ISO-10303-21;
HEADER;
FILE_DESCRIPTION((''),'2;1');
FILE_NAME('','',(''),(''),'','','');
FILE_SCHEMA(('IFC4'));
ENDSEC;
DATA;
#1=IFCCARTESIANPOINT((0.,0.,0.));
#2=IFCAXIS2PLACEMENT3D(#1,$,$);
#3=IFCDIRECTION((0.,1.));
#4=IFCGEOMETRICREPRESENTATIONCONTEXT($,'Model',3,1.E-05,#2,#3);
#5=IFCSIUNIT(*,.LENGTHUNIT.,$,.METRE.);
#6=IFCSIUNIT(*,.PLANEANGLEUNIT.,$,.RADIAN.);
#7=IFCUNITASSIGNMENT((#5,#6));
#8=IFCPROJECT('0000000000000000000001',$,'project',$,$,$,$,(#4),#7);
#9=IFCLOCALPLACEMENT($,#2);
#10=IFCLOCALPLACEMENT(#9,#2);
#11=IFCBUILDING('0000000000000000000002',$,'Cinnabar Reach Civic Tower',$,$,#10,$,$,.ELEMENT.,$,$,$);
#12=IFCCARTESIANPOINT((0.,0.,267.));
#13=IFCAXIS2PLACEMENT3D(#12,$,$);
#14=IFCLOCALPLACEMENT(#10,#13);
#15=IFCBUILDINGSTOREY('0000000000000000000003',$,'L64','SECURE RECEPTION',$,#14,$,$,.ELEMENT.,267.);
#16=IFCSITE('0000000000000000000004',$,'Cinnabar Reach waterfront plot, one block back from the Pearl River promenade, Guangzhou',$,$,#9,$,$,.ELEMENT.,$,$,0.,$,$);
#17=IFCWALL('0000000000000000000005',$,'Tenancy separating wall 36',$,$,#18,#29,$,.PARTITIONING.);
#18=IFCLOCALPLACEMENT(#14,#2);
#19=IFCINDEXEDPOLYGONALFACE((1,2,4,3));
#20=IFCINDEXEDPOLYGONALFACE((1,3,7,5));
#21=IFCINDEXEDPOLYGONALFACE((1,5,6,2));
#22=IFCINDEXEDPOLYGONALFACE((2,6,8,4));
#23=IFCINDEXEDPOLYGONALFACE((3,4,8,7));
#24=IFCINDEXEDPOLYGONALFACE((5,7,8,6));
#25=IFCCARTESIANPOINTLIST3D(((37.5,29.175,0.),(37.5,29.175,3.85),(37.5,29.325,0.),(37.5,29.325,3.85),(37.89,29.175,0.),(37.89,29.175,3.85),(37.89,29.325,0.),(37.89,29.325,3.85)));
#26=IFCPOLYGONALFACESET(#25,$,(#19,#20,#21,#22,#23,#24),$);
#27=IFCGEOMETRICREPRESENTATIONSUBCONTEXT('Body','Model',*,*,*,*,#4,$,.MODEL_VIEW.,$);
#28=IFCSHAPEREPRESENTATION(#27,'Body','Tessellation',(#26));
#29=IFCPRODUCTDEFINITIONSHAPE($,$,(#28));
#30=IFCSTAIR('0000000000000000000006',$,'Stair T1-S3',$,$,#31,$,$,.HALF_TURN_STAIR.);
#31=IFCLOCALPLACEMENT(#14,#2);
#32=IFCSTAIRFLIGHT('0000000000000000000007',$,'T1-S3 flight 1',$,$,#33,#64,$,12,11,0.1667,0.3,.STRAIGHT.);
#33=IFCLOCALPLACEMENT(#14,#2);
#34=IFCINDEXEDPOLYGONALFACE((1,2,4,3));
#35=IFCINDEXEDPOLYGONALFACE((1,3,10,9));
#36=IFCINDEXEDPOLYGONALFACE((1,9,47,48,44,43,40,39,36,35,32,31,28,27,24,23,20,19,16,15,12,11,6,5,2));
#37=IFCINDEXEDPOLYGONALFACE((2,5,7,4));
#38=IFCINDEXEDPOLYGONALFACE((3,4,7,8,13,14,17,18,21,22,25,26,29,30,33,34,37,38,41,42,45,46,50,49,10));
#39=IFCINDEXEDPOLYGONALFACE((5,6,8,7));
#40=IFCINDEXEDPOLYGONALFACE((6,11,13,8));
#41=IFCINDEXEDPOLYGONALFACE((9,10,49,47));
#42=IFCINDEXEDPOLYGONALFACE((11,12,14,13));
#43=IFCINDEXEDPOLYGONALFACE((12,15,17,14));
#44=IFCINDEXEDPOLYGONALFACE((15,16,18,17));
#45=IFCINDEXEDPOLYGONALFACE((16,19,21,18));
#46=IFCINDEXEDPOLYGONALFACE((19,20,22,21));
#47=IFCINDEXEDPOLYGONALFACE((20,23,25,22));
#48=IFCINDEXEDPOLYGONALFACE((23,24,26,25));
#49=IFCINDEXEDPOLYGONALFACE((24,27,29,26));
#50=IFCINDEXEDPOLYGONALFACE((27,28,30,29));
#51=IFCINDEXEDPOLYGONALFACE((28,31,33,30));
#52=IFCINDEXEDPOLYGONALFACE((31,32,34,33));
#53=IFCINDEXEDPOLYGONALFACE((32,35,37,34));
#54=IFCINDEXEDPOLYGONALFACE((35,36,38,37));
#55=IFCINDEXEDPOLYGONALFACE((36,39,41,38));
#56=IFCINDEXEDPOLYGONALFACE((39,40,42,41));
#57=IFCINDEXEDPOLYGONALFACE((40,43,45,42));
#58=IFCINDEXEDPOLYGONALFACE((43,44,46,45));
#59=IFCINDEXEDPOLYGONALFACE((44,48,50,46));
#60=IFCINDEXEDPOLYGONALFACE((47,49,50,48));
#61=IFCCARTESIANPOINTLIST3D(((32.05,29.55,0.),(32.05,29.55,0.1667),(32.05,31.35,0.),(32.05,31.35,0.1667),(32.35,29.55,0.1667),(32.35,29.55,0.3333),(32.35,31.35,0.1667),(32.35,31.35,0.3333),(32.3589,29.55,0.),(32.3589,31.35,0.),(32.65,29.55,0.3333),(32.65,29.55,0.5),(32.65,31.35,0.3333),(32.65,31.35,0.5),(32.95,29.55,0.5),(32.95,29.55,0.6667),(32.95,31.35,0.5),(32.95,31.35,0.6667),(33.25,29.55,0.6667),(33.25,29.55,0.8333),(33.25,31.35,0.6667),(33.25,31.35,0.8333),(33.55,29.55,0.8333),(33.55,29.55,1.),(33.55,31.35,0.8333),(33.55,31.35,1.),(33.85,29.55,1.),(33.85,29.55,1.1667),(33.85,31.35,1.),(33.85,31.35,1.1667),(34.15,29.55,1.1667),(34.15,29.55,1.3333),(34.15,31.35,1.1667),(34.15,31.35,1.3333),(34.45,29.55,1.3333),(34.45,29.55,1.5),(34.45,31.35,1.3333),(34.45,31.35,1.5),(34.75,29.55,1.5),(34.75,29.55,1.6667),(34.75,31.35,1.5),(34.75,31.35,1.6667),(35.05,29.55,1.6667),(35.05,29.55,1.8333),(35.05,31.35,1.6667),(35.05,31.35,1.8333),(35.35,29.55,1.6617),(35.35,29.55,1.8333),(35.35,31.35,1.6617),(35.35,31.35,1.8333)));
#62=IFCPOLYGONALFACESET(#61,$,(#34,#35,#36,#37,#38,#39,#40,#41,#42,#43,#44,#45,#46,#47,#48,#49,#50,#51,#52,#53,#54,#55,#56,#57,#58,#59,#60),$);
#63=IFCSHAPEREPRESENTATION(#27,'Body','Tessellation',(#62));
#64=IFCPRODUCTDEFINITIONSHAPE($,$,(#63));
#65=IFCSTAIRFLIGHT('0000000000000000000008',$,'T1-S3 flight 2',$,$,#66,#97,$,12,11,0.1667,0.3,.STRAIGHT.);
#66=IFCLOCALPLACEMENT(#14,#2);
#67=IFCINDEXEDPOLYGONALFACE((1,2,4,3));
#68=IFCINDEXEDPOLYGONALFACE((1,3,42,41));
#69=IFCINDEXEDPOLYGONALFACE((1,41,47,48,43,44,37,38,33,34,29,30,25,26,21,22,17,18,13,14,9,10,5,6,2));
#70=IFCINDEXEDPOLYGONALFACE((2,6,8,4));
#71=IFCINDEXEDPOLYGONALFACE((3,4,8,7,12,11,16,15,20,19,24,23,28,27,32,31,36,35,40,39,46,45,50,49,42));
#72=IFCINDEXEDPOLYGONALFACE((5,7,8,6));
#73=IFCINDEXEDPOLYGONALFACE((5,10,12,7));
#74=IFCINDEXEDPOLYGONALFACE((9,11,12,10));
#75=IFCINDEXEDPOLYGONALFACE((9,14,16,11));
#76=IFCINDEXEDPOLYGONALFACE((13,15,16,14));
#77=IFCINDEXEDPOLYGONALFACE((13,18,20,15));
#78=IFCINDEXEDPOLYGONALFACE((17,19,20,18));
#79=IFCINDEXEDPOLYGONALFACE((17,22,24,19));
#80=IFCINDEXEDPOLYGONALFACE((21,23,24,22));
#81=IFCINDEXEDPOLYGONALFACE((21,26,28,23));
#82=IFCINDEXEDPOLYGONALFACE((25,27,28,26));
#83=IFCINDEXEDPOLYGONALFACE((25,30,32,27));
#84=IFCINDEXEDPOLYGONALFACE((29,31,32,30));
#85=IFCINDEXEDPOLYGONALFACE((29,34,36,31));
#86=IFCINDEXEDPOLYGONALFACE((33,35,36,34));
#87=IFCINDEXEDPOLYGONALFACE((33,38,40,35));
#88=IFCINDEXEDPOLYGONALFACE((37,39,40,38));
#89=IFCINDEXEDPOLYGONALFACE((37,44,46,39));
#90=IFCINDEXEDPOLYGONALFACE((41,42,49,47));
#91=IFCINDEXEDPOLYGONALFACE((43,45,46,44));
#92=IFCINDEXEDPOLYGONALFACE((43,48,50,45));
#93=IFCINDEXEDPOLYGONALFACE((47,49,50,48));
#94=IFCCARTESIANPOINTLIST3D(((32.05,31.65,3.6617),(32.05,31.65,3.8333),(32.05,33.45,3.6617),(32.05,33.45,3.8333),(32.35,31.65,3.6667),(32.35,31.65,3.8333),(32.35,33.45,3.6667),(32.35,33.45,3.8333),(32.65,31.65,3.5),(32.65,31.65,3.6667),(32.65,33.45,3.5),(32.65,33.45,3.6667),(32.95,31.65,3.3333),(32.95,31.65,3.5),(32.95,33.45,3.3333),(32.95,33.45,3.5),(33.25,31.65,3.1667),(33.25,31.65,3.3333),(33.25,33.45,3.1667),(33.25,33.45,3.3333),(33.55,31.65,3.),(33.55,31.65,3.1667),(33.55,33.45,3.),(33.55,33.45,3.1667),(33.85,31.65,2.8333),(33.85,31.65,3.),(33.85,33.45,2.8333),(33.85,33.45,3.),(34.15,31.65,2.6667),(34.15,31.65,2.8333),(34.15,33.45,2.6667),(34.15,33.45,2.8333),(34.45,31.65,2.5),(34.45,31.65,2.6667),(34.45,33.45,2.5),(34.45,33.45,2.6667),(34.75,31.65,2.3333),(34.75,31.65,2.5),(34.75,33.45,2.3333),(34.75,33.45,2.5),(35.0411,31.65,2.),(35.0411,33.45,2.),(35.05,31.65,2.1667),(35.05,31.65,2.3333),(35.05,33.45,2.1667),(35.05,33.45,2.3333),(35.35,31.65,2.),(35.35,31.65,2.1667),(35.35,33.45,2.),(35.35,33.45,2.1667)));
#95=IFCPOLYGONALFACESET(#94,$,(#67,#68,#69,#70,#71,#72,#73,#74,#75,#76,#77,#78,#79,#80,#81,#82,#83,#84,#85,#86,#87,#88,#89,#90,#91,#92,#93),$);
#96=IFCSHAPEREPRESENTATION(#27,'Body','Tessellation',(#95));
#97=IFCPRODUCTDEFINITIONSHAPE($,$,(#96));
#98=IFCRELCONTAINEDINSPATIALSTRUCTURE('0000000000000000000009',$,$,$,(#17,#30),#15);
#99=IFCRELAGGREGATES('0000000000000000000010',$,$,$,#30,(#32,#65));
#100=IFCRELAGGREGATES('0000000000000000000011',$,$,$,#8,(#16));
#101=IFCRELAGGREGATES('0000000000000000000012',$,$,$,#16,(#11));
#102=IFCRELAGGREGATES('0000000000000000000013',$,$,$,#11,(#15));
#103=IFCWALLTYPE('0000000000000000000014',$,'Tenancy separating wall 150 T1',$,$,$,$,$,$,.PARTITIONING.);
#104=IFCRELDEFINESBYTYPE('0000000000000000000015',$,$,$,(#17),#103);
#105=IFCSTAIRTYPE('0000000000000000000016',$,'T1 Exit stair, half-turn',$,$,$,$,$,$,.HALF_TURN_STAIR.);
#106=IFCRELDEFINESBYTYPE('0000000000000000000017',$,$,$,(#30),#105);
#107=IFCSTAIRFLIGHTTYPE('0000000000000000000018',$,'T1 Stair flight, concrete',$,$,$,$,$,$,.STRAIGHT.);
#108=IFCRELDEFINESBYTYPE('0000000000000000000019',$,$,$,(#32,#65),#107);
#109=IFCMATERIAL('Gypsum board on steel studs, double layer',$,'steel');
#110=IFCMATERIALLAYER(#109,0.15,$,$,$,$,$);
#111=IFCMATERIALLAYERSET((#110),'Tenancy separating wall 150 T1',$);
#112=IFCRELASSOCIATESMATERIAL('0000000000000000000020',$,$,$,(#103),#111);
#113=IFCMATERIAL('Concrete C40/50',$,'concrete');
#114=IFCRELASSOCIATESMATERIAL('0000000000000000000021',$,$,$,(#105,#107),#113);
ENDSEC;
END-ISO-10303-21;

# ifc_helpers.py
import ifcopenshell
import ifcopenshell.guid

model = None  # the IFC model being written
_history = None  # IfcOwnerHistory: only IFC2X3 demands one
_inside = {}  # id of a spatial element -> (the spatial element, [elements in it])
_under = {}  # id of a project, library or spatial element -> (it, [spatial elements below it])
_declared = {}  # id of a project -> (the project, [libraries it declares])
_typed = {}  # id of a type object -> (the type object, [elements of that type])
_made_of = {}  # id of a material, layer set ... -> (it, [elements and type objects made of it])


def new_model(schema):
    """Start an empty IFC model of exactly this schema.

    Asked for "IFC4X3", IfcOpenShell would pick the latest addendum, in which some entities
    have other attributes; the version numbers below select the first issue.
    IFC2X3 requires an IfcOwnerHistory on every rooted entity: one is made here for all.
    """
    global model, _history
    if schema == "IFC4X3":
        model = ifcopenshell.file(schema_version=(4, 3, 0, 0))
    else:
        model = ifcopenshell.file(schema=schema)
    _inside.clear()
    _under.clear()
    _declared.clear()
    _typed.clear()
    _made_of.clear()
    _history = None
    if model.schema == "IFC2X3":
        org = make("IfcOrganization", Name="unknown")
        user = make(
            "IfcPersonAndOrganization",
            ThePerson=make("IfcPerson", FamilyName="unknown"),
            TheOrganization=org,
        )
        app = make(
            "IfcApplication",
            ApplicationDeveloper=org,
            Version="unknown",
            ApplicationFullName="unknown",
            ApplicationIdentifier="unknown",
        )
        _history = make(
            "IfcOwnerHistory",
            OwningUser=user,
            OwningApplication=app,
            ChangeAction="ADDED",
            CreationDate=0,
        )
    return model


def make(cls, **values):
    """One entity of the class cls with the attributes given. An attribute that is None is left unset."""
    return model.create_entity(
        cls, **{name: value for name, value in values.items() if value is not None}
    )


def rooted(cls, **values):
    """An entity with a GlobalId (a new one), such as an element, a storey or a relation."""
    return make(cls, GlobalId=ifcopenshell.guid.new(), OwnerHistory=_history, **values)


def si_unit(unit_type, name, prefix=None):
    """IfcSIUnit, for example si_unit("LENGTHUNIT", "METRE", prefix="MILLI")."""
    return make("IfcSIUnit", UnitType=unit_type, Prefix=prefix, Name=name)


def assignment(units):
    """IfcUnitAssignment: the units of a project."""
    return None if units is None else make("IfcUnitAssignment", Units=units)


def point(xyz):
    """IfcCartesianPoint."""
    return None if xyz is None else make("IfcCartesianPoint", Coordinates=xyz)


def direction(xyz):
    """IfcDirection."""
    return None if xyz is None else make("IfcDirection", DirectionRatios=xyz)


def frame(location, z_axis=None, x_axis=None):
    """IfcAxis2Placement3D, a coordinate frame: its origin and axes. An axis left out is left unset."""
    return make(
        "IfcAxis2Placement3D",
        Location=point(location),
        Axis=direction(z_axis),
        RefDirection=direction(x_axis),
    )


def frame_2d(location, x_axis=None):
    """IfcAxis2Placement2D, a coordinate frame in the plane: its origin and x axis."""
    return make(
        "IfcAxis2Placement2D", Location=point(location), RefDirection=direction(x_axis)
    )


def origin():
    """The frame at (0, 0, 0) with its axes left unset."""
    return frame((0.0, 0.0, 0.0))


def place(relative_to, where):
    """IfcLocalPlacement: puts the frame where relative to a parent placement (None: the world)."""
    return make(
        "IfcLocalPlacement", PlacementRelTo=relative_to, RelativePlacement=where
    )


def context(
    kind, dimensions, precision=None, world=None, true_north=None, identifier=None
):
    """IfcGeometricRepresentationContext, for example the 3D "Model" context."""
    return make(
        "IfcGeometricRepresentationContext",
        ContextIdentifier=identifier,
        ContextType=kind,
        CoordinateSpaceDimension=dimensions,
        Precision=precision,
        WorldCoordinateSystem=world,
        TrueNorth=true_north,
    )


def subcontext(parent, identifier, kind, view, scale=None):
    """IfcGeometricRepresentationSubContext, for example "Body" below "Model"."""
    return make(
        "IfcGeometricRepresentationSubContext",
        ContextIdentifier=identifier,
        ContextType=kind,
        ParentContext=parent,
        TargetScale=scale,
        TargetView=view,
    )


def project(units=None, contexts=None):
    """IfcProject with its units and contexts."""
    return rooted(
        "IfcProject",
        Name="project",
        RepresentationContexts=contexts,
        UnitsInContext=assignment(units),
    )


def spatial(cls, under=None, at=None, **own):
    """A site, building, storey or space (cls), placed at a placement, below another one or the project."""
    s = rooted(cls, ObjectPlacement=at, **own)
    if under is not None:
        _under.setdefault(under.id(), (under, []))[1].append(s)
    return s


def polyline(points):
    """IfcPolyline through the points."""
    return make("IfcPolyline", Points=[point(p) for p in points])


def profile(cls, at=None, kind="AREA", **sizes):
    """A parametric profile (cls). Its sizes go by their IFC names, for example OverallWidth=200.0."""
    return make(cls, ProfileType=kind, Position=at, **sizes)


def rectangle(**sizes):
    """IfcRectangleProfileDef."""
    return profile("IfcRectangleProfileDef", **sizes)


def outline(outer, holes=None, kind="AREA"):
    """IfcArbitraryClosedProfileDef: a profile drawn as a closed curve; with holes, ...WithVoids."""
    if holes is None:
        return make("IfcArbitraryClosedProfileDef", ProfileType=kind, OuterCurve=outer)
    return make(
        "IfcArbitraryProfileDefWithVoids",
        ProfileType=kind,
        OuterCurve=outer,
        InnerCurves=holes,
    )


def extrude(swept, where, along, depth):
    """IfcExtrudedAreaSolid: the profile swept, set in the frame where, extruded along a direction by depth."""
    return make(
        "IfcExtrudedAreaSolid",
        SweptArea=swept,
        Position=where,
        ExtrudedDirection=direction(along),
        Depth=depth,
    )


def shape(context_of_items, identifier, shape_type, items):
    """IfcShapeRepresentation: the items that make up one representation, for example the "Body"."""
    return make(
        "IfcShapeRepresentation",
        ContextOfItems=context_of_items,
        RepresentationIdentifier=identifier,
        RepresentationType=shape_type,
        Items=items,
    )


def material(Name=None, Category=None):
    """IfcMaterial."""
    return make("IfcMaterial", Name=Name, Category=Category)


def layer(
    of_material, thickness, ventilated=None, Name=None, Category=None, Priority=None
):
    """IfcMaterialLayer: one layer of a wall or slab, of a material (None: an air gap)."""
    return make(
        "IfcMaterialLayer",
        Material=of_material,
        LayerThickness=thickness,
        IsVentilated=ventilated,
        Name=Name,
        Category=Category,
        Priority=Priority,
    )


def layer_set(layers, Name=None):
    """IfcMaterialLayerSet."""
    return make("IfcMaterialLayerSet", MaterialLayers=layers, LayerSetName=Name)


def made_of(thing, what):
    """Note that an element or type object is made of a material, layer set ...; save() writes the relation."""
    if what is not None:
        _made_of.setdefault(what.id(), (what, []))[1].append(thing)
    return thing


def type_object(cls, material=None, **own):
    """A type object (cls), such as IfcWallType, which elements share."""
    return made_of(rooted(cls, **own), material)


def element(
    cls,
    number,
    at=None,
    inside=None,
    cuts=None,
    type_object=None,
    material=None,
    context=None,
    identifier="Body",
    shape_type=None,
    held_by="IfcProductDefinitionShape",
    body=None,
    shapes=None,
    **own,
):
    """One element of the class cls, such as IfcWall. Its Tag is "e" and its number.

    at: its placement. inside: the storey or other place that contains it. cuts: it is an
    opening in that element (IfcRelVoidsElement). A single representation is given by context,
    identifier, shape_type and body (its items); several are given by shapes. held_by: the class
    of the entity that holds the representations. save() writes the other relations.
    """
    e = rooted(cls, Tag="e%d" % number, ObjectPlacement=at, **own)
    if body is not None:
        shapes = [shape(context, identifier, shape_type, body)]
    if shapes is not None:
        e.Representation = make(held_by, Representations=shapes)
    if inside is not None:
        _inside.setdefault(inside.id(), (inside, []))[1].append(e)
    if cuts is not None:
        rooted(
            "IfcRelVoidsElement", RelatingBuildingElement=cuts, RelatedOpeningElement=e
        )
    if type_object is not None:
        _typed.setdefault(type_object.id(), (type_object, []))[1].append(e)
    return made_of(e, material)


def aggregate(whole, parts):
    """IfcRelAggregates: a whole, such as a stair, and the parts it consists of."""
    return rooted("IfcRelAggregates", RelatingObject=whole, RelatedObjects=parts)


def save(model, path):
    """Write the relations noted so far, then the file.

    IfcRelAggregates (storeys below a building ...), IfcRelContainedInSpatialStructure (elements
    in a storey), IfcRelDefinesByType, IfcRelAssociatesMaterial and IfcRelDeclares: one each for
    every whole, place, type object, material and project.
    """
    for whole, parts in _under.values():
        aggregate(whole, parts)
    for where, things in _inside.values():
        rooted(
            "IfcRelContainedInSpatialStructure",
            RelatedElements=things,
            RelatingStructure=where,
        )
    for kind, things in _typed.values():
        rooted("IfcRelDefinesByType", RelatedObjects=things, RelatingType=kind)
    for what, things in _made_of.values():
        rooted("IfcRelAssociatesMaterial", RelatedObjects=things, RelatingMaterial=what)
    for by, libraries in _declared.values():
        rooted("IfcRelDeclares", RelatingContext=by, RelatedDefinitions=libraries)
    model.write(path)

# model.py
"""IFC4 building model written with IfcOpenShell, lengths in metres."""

from ifc_helpers import new_model, si_unit, direction, frame, frame_2d, origin, place, context, subcontext, project, spatial, polyline, rectangle, outline, extrude, material, layer, layer_set, type_object, element, aggregate, save


model = new_model("IFC4")

# Units and contexts
model_context = context("Model", 3, precision=1e-05, world=origin(), true_north=direction((0.0, 1.0)))
body_context = subcontext(model_context, "Body", "Model", "MODEL_VIEW")
ifc_project = project(units=[si_unit("LENGTHUNIT", "METRE"), si_unit("PLANEANGLEUNIT", "RADIAN")], contexts=[model_context])

# Site, building, storey
site_placement = place(None, origin())
site = spatial("IfcSite", under=ifc_project, at=site_placement, Name="Cinnabar Reach waterfront plot, one block back from the Pearl River promenade, Guangzhou", CompositionType="ELEMENT", RefElevation=0.0)
building_placement = place(site_placement, origin())
building = spatial("IfcBuilding", under=site, at=building_placement, Name="Cinnabar Reach Civic Tower", CompositionType="ELEMENT")
storey_placement = place(building_placement, frame((0.0, 0.0, 267.0)))
storey = spatial("IfcBuildingStorey", under=building, at=storey_placement, Name="L64", Description="SECURE RECEPTION", CompositionType="ELEMENT", Elevation=267.0)

# Wall
ifc_material_1 = material(Name="Gypsum board on steel studs, double layer", Category="steel")
ifc_layer_1 = layer(ifc_material_1, 0.15)
ifc_layer_set_1 = layer_set([ifc_layer_1], Name="Tenancy separating wall 150 T1")
wall_type_1 = type_object("IfcWallType", Name="Tenancy separating wall 150 T1", PredefinedType="PARTITIONING", material=ifc_layer_set_1)
wall_1_placement = place(storey_placement, frame((37.5, 29.25, 0.0), z_axis=(0.0, 0.0, 1.0), x_axis=(1.0, 0.0, 0.0)))
element("IfcWall", 1, at=wall_1_placement, inside=storey, type_object=wall_type_1, Name="Tenancy separating wall 36", PredefinedType="PARTITIONING", context=body_context, shape_type="SweptSolid", body=[
    extrude(rectangle(XDim=0.39, YDim=0.15, at=frame_2d((0.195, 0.0))), origin(), (0.0, 0.0, 1.0), 3.85),
])

# Stair, stair flights
ifc_material_2 = material(Name="Concrete C40/50", Category="concrete")
stair_type = type_object("IfcStairType", Name="T1 Exit stair, half-turn", PredefinedType="HALF_TURN_STAIR", material=ifc_material_2)
stair_placement = place(storey_placement, origin())
stair = element("IfcStair", 2, at=stair_placement, inside=storey, type_object=stair_type, Name="Stair T1-S3", PredefinedType="HALF_TURN_STAIR")
stair_flight_type = type_object("IfcStairFlightType", Name="T1 Stair flight, concrete", PredefinedType="STRAIGHT", material=ifc_material_2)
stair_flight_1_placement = place(storey_placement, frame((32.05, 30.45, 0.0), z_axis=(0.0, 0.0, 1.0), x_axis=(1.0, 0.0, 0.0)))
stair_flight_1 = element("IfcStairFlight", 3, at=stair_flight_1_placement, type_object=stair_flight_type, Name="T1-S3 flight 1", NumberOfRisers=12, NumberOfTreads=11, PredefinedType="STRAIGHT", RiserHeight=0.1667, TreadLength=0.3, context=body_context, shape_type="SweptSolid", body=[
    extrude(outline(polyline([(0.0, 0.0), (0.0, 0.1667), (0.3, 0.1667), (0.3, 0.3333), (0.6, 0.3333), (0.6, 0.5), (0.9, 0.5), (0.9, 0.6667), (1.2, 0.6667), (1.2, 0.8333), (1.5, 0.8333), (1.5, 1.0), (1.8, 1.0), (1.8, 1.1667), (2.1, 1.1667), (2.1, 1.3333), (2.4, 1.3333), (2.4, 1.5), (2.7, 1.5), (2.7, 1.6667), (3.0, 1.6667), (3.0, 1.8333), (3.3, 1.8333), (3.3, 2.0), (3.3, 1.6617), (0.3089, 0.0), (0.0, 0.0)])), frame((0.0, 0.9, 0.0), z_axis=(0.0, -1.0, 0.0), x_axis=(1.0, 0.0, 0.0)), (0.0, 0.0, 1.0), 1.8),
])
stair_flight_2_placement = place(storey_placement, frame((35.35, 32.55, 2.0), z_axis=(0.0, 0.0, 1.0), x_axis=(-1.0, 0.0, 0.0)))
stair_flight_2 = element("IfcStairFlight", 4, at=stair_flight_2_placement, type_object=stair_flight_type, Name="T1-S3 flight 2", NumberOfRisers=12, NumberOfTreads=11, PredefinedType="STRAIGHT", RiserHeight=0.1667, TreadLength=0.3, context=body_context, shape_type="SweptSolid", body=[
    extrude(outline(polyline([(0.0, 0.0), (0.0, 0.1667), (0.3, 0.1667), (0.3, 0.3333), (0.6, 0.3333), (0.6, 0.5), (0.9, 0.5), (0.9, 0.6667), (1.2, 0.6667), (1.2, 0.8333), (1.5, 0.8333), (1.5, 1.0), (1.8, 1.0), (1.8, 1.1667), (2.1, 1.1667), (2.1, 1.3333), (2.4, 1.3333), (2.4, 1.5), (2.7, 1.5), (2.7, 1.6667), (3.0, 1.6667), (3.0, 1.8333), (3.3, 1.8333), (3.3, 2.0), (3.3, 1.6617), (0.3089, 0.0), (0.0, 0.0)])), frame((0.0, 0.9, 0.0), z_axis=(0.0, -1.0, 0.0), x_axis=(1.0, 0.0, 0.0)), (0.0, 0.0, 1.0), 1.8),
])
aggregate(stair, [stair_flight_1, stair_flight_2])

save(model, "model.ifc")
